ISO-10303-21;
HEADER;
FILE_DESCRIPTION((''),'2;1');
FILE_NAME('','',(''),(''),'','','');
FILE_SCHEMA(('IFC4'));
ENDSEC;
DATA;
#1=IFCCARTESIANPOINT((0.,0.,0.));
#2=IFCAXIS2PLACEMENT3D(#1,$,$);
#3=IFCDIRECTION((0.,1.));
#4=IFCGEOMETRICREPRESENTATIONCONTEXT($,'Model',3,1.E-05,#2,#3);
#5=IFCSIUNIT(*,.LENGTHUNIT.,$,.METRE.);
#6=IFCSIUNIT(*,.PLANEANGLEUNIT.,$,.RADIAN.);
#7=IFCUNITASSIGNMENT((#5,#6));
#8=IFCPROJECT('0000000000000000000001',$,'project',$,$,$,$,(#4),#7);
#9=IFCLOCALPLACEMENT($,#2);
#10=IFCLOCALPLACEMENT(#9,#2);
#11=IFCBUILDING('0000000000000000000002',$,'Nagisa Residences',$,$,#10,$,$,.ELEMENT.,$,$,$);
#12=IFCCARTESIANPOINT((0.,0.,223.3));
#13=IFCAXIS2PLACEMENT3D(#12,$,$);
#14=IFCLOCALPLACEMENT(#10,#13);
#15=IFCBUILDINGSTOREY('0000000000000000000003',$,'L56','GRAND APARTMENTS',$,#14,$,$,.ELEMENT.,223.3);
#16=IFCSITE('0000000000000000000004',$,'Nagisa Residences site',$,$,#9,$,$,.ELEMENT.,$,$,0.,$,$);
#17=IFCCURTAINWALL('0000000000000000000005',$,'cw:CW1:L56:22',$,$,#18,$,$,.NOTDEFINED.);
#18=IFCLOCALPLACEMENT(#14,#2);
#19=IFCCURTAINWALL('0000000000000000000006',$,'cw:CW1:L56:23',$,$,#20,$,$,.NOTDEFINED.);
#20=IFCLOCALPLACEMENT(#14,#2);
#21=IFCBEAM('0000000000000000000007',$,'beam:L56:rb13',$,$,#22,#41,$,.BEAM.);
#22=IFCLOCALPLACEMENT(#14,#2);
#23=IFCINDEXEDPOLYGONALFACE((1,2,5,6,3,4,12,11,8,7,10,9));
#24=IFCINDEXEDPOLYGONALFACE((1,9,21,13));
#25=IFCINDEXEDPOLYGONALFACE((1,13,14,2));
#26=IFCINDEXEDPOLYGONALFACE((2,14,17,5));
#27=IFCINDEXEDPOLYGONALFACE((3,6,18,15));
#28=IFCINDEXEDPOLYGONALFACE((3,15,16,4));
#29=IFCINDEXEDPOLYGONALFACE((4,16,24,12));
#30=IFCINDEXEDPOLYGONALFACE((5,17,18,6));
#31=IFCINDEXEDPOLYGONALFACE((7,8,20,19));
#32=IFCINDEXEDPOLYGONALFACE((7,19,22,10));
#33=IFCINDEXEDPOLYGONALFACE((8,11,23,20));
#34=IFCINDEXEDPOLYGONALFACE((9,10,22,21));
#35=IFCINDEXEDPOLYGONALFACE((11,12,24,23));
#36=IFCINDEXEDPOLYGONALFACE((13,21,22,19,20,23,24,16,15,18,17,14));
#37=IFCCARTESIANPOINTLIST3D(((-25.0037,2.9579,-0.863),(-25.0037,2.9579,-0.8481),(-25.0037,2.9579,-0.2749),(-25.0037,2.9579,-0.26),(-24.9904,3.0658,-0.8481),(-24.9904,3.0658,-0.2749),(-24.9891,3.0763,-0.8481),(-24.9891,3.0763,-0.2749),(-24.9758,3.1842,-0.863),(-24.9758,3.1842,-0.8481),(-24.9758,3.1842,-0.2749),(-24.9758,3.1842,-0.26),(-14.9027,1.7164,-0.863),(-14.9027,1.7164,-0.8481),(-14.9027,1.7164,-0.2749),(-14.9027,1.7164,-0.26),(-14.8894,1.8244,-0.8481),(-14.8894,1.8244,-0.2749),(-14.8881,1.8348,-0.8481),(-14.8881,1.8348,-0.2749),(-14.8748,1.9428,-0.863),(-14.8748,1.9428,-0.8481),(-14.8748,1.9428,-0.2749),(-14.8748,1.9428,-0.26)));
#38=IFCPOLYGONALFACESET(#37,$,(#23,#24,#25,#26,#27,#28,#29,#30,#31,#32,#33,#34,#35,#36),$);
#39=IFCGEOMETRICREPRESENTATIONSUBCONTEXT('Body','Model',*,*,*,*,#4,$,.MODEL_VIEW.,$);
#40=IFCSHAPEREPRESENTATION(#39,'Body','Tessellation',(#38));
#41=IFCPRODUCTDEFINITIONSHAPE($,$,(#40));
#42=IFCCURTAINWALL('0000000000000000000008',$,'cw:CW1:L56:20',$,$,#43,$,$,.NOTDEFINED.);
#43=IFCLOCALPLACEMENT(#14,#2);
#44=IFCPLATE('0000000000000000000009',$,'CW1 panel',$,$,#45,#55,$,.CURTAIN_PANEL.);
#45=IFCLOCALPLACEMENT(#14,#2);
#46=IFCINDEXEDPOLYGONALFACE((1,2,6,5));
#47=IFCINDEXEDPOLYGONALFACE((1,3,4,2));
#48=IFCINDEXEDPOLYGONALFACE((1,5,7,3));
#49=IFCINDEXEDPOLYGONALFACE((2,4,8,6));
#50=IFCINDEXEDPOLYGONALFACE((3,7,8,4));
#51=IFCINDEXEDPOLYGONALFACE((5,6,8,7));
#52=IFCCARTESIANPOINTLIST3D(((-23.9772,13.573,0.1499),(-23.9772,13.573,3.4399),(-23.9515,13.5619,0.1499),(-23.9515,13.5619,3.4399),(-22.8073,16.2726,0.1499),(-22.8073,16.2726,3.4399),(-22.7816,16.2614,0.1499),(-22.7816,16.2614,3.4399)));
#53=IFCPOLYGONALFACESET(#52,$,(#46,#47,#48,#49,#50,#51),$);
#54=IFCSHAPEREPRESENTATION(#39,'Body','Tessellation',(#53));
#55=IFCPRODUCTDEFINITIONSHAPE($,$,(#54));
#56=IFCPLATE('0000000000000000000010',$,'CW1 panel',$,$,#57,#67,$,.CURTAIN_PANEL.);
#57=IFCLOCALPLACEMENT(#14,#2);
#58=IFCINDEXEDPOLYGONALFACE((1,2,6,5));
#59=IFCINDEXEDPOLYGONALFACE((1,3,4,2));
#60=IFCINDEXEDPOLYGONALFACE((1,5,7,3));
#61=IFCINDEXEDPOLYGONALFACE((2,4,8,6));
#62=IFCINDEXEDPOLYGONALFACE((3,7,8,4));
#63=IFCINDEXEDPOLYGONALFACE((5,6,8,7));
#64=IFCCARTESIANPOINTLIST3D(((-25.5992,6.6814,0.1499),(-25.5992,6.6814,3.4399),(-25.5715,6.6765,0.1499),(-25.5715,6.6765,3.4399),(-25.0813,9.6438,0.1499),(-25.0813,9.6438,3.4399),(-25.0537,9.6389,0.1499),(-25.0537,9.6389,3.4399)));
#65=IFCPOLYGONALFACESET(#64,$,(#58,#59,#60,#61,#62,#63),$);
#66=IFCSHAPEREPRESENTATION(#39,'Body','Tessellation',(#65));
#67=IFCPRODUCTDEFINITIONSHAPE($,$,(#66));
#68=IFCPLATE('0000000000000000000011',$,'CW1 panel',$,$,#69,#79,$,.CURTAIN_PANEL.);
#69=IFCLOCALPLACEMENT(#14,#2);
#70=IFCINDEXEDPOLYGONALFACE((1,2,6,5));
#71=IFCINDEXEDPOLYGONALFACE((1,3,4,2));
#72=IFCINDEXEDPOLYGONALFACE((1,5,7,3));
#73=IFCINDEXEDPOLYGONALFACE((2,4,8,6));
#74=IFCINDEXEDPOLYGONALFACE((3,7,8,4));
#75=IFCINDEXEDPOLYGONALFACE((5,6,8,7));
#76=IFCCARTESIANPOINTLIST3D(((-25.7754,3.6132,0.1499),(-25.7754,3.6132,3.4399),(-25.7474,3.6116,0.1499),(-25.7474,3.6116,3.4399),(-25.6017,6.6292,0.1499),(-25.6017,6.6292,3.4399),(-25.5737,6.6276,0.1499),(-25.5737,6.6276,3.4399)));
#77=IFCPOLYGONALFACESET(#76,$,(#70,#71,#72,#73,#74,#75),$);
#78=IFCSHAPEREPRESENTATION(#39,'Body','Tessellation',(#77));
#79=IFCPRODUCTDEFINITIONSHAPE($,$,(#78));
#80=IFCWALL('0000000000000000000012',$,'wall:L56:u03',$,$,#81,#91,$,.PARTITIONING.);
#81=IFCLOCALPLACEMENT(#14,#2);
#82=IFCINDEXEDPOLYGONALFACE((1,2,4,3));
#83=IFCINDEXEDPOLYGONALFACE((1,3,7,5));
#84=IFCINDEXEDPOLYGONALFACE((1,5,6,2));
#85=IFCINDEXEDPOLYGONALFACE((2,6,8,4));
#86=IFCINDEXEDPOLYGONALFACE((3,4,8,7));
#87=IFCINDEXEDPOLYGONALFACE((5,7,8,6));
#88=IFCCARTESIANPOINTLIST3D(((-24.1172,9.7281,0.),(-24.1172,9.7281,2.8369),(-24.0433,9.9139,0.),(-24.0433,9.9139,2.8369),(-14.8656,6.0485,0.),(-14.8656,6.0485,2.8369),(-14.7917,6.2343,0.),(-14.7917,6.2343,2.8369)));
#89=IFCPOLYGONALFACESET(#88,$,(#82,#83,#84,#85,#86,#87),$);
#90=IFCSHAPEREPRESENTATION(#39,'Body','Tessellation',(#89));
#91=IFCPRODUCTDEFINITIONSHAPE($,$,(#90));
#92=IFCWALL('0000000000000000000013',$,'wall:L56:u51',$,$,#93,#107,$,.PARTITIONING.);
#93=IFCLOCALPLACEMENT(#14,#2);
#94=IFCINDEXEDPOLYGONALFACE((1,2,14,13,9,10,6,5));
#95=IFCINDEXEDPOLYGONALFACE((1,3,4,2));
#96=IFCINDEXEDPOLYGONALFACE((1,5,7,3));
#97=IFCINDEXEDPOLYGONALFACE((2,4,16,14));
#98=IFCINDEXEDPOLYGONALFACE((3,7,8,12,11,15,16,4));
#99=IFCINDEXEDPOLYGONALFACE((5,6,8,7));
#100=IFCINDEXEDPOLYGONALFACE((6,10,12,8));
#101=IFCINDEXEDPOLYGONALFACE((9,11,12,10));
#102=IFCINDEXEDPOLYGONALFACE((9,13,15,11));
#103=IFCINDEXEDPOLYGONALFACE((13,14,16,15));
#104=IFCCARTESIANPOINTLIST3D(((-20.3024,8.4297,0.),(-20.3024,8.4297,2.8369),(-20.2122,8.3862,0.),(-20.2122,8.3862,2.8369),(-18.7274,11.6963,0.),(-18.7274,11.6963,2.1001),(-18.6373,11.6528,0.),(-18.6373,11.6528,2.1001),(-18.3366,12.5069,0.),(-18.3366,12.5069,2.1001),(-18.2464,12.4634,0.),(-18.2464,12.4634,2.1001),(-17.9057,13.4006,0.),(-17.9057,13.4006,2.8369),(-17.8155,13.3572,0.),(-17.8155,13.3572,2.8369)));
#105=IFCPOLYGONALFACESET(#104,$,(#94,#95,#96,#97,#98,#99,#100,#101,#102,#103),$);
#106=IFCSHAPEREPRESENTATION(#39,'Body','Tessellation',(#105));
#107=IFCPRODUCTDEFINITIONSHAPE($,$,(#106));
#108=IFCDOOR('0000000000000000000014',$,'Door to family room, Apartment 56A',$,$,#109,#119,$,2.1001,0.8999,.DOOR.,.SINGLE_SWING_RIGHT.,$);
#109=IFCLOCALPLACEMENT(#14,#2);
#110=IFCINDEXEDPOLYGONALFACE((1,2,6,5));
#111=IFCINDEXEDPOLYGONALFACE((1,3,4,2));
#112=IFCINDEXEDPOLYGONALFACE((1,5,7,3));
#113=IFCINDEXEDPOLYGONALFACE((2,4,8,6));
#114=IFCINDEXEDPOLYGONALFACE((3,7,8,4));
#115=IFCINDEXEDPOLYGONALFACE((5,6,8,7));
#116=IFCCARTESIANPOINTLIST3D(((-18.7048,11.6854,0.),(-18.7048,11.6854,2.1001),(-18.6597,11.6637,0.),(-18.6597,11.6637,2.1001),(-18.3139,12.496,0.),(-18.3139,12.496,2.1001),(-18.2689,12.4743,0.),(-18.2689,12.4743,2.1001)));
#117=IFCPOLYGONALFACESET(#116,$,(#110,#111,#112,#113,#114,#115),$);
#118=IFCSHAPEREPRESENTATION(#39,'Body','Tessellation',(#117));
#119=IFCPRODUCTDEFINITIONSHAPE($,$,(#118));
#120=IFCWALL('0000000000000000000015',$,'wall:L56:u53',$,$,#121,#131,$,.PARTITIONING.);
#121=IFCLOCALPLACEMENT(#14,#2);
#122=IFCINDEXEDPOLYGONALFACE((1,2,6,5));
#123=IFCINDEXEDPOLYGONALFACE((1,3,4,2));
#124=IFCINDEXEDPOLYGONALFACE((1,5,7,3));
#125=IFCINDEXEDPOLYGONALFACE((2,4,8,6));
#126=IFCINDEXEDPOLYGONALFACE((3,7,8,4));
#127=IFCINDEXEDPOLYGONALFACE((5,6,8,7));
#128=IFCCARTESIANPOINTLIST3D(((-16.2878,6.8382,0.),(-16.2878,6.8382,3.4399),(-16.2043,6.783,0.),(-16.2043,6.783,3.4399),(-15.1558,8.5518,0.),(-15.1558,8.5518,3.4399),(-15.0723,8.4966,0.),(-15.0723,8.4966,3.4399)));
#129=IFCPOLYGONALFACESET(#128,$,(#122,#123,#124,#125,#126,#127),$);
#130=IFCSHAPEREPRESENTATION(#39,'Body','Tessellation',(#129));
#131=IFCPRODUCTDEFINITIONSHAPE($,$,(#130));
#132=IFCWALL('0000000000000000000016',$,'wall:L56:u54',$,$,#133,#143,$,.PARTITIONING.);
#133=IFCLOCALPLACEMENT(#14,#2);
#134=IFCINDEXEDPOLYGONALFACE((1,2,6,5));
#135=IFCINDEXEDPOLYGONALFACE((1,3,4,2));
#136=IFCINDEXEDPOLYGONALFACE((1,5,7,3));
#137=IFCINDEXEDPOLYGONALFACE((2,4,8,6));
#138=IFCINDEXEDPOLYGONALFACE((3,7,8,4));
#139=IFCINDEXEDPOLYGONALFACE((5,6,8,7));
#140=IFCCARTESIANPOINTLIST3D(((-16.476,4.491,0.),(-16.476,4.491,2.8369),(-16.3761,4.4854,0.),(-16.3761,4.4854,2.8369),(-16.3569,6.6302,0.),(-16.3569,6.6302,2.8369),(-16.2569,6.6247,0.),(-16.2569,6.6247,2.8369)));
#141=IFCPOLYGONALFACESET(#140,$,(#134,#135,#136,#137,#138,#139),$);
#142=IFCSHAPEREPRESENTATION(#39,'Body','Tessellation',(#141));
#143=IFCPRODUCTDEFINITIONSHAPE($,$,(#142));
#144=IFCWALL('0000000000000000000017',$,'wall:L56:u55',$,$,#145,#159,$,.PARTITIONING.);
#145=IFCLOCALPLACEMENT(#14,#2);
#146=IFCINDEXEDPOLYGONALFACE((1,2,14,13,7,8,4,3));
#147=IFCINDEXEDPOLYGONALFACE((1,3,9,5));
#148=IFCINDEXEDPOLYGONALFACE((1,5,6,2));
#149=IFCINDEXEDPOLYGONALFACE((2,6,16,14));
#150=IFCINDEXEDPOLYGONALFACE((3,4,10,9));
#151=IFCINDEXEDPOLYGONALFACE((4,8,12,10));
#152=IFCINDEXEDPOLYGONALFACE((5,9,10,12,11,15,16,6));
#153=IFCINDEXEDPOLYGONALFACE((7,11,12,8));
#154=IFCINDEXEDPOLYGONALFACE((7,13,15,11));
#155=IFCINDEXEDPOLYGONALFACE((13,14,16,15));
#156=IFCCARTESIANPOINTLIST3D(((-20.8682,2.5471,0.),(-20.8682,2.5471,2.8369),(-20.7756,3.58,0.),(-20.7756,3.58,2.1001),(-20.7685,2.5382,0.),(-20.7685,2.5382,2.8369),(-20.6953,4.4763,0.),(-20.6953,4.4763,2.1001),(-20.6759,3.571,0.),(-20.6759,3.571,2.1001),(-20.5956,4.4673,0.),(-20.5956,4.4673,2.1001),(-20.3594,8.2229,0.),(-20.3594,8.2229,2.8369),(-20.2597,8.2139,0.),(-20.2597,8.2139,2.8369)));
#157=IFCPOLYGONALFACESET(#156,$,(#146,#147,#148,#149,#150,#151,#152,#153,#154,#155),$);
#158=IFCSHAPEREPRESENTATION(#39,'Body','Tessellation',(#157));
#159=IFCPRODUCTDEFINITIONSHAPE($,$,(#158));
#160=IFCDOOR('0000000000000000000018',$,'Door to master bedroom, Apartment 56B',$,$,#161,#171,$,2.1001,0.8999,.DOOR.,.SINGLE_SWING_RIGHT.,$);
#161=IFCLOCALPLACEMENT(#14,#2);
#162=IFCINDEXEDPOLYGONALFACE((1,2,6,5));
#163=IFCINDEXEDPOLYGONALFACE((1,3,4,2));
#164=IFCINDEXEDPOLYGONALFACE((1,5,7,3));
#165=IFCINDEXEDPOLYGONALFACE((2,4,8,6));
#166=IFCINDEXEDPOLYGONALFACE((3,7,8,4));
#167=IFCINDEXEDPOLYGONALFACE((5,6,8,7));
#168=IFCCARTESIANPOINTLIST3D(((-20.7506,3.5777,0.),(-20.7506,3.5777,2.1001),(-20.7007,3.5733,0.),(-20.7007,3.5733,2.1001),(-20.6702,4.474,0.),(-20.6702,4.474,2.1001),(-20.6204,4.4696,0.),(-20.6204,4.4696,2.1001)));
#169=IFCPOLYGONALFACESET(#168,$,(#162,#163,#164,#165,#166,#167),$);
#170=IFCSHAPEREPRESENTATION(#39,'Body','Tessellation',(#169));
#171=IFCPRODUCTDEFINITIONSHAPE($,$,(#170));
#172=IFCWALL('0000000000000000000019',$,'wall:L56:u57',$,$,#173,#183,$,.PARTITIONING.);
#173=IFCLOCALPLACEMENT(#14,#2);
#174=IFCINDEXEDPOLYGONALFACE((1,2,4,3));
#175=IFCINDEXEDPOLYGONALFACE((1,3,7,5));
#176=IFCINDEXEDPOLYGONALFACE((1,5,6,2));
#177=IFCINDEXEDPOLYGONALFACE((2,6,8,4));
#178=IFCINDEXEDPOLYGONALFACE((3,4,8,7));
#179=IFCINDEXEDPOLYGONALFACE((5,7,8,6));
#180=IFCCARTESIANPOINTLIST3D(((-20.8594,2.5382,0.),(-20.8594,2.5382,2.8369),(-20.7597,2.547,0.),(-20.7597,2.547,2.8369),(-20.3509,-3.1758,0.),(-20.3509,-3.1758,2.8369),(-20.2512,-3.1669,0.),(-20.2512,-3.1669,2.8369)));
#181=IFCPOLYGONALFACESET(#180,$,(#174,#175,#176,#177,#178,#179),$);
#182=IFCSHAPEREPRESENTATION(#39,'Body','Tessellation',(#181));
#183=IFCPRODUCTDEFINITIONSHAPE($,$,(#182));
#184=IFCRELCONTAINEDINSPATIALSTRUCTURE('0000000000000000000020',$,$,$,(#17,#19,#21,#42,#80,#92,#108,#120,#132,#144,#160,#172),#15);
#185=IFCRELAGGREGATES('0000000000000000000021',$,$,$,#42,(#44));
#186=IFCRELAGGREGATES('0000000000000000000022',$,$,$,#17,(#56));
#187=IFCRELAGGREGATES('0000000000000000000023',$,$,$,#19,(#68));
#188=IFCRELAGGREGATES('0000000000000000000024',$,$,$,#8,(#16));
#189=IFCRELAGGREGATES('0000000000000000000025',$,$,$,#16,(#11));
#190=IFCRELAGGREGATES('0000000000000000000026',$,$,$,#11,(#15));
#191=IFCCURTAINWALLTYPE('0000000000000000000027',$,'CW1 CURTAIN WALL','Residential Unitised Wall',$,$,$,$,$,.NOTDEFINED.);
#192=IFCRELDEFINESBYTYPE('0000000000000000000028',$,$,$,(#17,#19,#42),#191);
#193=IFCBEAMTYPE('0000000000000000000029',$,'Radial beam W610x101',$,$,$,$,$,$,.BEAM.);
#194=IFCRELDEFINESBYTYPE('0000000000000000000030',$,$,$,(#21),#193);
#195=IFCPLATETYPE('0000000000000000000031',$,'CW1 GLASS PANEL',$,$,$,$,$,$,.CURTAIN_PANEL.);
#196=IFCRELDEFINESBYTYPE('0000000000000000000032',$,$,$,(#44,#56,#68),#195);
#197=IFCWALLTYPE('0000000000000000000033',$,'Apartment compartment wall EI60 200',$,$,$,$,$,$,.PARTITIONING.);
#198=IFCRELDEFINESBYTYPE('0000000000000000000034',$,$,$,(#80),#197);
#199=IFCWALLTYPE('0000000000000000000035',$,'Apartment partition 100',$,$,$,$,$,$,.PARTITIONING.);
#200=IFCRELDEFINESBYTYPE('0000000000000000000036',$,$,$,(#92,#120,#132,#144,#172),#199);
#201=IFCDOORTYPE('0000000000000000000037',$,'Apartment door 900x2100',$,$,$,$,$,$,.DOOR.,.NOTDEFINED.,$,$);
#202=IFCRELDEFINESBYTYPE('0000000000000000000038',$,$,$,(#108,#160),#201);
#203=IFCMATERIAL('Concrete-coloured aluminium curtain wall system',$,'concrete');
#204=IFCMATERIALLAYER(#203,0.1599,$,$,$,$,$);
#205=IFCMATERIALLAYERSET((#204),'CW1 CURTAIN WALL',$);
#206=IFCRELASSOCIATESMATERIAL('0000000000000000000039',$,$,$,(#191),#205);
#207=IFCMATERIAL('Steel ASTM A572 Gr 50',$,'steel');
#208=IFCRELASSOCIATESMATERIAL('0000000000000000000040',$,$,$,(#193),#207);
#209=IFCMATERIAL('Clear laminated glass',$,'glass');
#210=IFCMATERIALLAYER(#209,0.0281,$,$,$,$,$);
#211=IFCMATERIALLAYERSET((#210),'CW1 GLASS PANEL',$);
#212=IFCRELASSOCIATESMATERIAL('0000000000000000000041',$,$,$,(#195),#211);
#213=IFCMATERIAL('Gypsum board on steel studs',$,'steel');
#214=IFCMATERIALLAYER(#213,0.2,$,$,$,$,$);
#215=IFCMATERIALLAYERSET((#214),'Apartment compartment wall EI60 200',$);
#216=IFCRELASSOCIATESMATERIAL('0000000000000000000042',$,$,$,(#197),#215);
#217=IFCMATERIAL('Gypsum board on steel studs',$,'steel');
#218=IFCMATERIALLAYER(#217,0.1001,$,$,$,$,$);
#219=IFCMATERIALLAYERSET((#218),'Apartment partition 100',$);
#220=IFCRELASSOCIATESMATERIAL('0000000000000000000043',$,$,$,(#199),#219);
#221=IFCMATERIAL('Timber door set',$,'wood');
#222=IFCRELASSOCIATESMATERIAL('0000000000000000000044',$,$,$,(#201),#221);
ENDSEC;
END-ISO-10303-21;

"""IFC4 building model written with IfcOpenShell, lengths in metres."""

from ifc_helpers import new_model, si_unit, direction, frame, frame_2d, origin, origin_2d, place, context, subcontext, project, spatial, rectangle, i_section, extrude, material, layer, layer_set, material_profile, profile_set, type_object, element, fill, aggregate, save


model = new_model("IFC4")

# Units and contexts
model_context = context("Model", 3, precision=1e-05, world=origin(), true_north=direction((0.0, 1.0)))
body_context = subcontext(model_context, "Body", "Model", "MODEL_VIEW")
ifc_project = project(units=[si_unit("LENGTHUNIT", "METRE"), si_unit("PLANEANGLEUNIT", "RADIAN")], contexts=[model_context])

# Site, building, storey
site_placement = place(None, origin())
site = spatial("IfcSite", under=ifc_project, at=site_placement, Name="Nagisa Residences site", CompositionType="ELEMENT", RefElevation=0.0)
building_placement = place(site_placement, origin())
building = spatial("IfcBuilding", under=site, at=building_placement, Name="Nagisa Residences", CompositionType="ELEMENT")
storey_placement = place(building_placement, frame((0.0, 0.0, 223.3)))
storey = spatial("IfcBuildingStorey", under=building, at=storey_placement, Name="L56", Description="GRAND APARTMENTS", CompositionType="ELEMENT", Elevation=223.3)

# Curtain walls
ifc_material_1 = material(Name="Concrete-coloured aluminium curtain wall system", Category="concrete")
ifc_layer_1 = layer(ifc_material_1, 0.1599)
ifc_layer_set_1 = layer_set([ifc_layer_1], Name="CW1 CURTAIN WALL")
curtain_wall_type = type_object("IfcCurtainWallType", Name="CW1 CURTAIN WALL", Description="Residential Unitised Wall", PredefinedType="NOTDEFINED", material=ifc_layer_set_1)
curtain_wall_1_placement = place(storey_placement, origin())
curtain_wall_1 = element("IfcCurtainWall", 1, at=curtain_wall_1_placement, inside=storey, type_object=curtain_wall_type, Name="cw:CW1:L56:22", PredefinedType="NOTDEFINED")
curtain_wall_2_placement = place(storey_placement, origin())
curtain_wall_2 = element("IfcCurtainWall", 2, at=curtain_wall_2_placement, inside=storey, type_object=curtain_wall_type, Name="cw:CW1:L56:23", PredefinedType="NOTDEFINED")

# Beam
ifc_material_2 = material(Name="Steel ASTM A572 Gr 50", Category="steel")
ifc_material_profile_1 = material_profile(ifc_material_2, i_section(OverallWidth=0.228, OverallDepth=0.603, WebThickness=0.0105, FlangeThickness=0.0149, at=origin_2d()), Name="W610x101")
ifc_profile_set_1 = profile_set([ifc_material_profile_1], Name="Steel ASTM A572 Gr 50")
beam_type_1 = type_object("IfcBeamType", Name="Radial beam W610x101", PredefinedType="BEAM", material=ifc_profile_set_1)
beam_1_placement = place(storey_placement, frame((-24.9897, 3.071, -0.5615), z_axis=(0.992532, -0.121985, 0.0), x_axis=(0.121985, 0.992532, 0.0)))
element("IfcBeam", 3, at=beam_1_placement, inside=storey, type_object=beam_type_1, Name="beam:L56:rb13", PredefinedType="BEAM", context=body_context, shape_type="SweptSolid", body=[
    extrude(i_section(OverallWidth=0.228, OverallDepth=0.603, WebThickness=0.0105, FlangeThickness=0.0149, at=origin_2d()), origin(), (0.0, 0.0, 1.0), 10.177),
])

# Curtain wall, plate
curtain_wall_3_placement = place(storey_placement, origin())
curtain_wall_3 = element("IfcCurtainWall", 4, at=curtain_wall_3_placement, inside=storey, type_object=curtain_wall_type, Name="cw:CW1:L56:20", PredefinedType="NOTDEFINED")
ifc_material_3 = material(Name="Clear laminated glass", Category="glass")
ifc_layer_2 = layer(ifc_material_3, 0.0281)
ifc_layer_set_2 = layer_set([ifc_layer_2], Name="CW1 GLASS PANEL")
plate_type = type_object("IfcPlateType", Name="CW1 GLASS PANEL", PredefinedType="CURTAIN_PANEL", material=ifc_layer_set_2)
plate_1_placement = place(storey_placement, frame((-23.3794, 14.9172, 0.1499), z_axis=(0.0, 0.0, 1.0), x_axis=(-0.397636, -0.917543, 0.0)))
plate_1 = element("IfcPlate", 5, at=plate_1_placement, type_object=plate_type, Name="CW1 panel", PredefinedType="CURTAIN_PANEL", context=body_context, shape_type="SweptSolid", body=[
    extrude(rectangle(XDim=2.9421, YDim=0.0281, at=origin_2d()), origin(), (0.0, 0.0, 1.0), 3.29),
])
aggregate(curtain_wall_3, [plate_1])

# Plates
plate_2_placement = place(storey_placement, frame((-25.3264, 8.1602, 0.1499), z_axis=(0.0, 0.0, 1.0), x_axis=(-0.172191, -0.985064, 0.0)))
plate_2 = element("IfcPlate", 6, at=plate_2_placement, type_object=plate_type, Name="CW1 panel", PredefinedType="CURTAIN_PANEL", context=body_context, shape_type="SweptSolid", body=[
    extrude(rectangle(XDim=3.0073, YDim=0.0281, at=origin_2d()), origin(), (0.0, 0.0, 1.0), 3.29),
])
aggregate(curtain_wall_1, [plate_2])
plate_3_placement = place(storey_placement, frame((-25.6746, 5.1204, 0.1499), z_axis=(0.0, 0.0, 1.0), x_axis=(-0.057503, -0.998345, 0.0)))
plate_3 = element("IfcPlate", 7, at=plate_3_placement, type_object=plate_type, Name="CW1 panel", PredefinedType="CURTAIN_PANEL", context=body_context, shape_type="SweptSolid", body=[
    extrude(rectangle(XDim=3.021, YDim=0.0281, at=origin_2d()), origin(), (0.0, 0.0, 1.0), 3.29),
])
aggregate(curtain_wall_2, [plate_3])

# Wall
ifc_material_4 = material(Name="Gypsum board on steel studs", Category="steel")
ifc_layer_3 = layer(ifc_material_4, 0.2)
ifc_layer_set_3 = layer_set([ifc_layer_3], Name="Apartment compartment wall EI60 200")
wall_type_1 = type_object("IfcWallType", Name="Apartment compartment wall EI60 200", PredefinedType="PARTITIONING", material=ifc_layer_set_3)
wall_1_placement = place(storey_placement, frame((-14.8286, 6.1414, 0.0), z_axis=(0.0, 0.0, 1.0), x_axis=(-0.929202, 0.369572, 0.0)))
element("IfcWall", 8, at=wall_1_placement, inside=storey, type_object=wall_type_1, Name="wall:L56:u03", PredefinedType="PARTITIONING", context=body_context, shape_type="SweptSolid", body=[
    extrude(rectangle(XDim=9.9565, YDim=0.2, at=frame_2d((4.9783, 0.0))), origin(), (0.0, 0.0, 1.0), 2.8369),
])

# Wall, opening, door
ifc_material_5 = material(Name="Gypsum board on steel studs", Category="steel")
ifc_layer_4 = layer(ifc_material_5, 0.1001)
ifc_layer_set_4 = layer_set([ifc_layer_4], Name="Apartment partition 100")
wall_type_2 = type_object("IfcWallType", Name="Apartment partition 100", PredefinedType="PARTITIONING", material=ifc_layer_set_4)
wall_2_placement = place(storey_placement, frame((-17.8606, 13.3789, 0.0), z_axis=(0.0, 0.0, 1.0), x_axis=(-0.434302, -0.900767, 0.0)))
wall_2 = element("IfcWall", 9, at=wall_2_placement, inside=storey, type_object=wall_type_2, Name="wall:L56:u51", PredefinedType="PARTITIONING", context=body_context, shape_type="SweptSolid", body=[
    extrude(rectangle(XDim=5.5186, YDim=0.1001, at=frame_2d((2.7593, 0.0))), origin(), (0.0, 0.0, 1.0), 2.8369),
])
opening_1_placement = place(wall_2_placement, frame((0.9922, 0.0, 0.0)))
opening_1 = element("IfcOpeningElement", 10, at=opening_1_placement, cuts=wall_2, PredefinedType="OPENING", context=body_context, shape_type="SweptSolid", body=[
    extrude(rectangle(XDim=0.8999, YDim=2.1001, at=frame_2d((0.45, 1.05))), frame((0.0, 0.0601, 0.0), z_axis=(0.0, -1.0, 0.0), x_axis=(1.0, 0.0, 0.0)), (0.0, 0.0, 1.0), 0.1201),
])
ifc_material_6 = material(Name="Timber door set", Category="wood")
door_type_1 = type_object("IfcDoorType", Name="Apartment door 900x2100", OperationType="NOTDEFINED", PredefinedType="DOOR", material=ifc_material_6)
door_1_placement = place(opening_1_placement, frame((0.8999, 0.0, 0.0), x_axis=(-1.0, 0.0, 0.0)))
door_1 = element("IfcDoor", 11, at=door_1_placement, inside=storey, type_object=door_type_1, Name="Door to family room, Apartment 56A", OperationType="SINGLE_SWING_RIGHT", OverallHeight=2.1001, OverallWidth=0.8999, PredefinedType="DOOR", context=body_context, shape_type="SweptSolid", body=[
    extrude(rectangle(XDim=0.8999, YDim=2.1001, at=frame_2d((0.45, 1.05))), frame((0.0, 0.0249, 0.0), z_axis=(0.0, -1.0, 0.0), x_axis=(1.0, 0.0, 0.0)), (0.0, 0.0, 1.0), 0.05),
])
fill(opening_1, door_1)

# Walls
wall_3_placement = place(storey_placement, frame((-15.114, 8.5242, 0.0), z_axis=(0.0, 0.0, 1.0), x_axis=(-0.551211, -0.834366, 0.0)))
element("IfcWall", 12, at=wall_3_placement, inside=storey, type_object=wall_type_2, Name="wall:L56:u53", PredefinedType="PARTITIONING", context=body_context, shape_type="SweptSolid", body=[
    extrude(rectangle(XDim=2.0537, YDim=0.1001, at=frame_2d((1.0269, 0.0))), origin(), (0.0, 0.0, 1.0), 3.4399),
])
wall_4_placement = place(storey_placement, frame((-16.3069, 6.6274, 0.0), z_axis=(0.0, 0.0, 1.0), x_axis=(-0.055609, -0.998453, 0.0)))
element("IfcWall", 13, at=wall_4_placement, inside=storey, type_object=wall_type_2, Name="wall:L56:u54", PredefinedType="PARTITIONING", context=body_context, shape_type="SweptSolid", body=[
    extrude(rectangle(XDim=2.1426, YDim=0.1001, at=frame_2d((1.0713, 0.0))), origin(), (0.0, 0.0, 1.0), 2.8369),
])

# Wall, opening, door
wall_5_placement = place(storey_placement, frame((-20.3096, 8.2183, 0.0), z_axis=(0.0, 0.0, 1.0), x_axis=(-0.089284, -0.996006, 0.0)))
wall_5 = element("IfcWall", 14, at=wall_5_placement, inside=storey, type_object=wall_type_2, Name="wall:L56:u55", PredefinedType="PARTITIONING", context=body_context, shape_type="SweptSolid", body=[
    extrude(rectangle(XDim=5.6985, YDim=0.1001, at=frame_2d((2.8491, 0.0))), origin(), (0.0, 0.0, 1.0), 2.8369),
])
opening_2_placement = place(wall_5_placement, frame((3.7615, 0.0, 0.0)))
opening_2 = element("IfcOpeningElement", 15, at=opening_2_placement, cuts=wall_5, PredefinedType="OPENING", context=body_context, shape_type="SweptSolid", body=[
    extrude(rectangle(XDim=0.8999, YDim=2.1001, at=frame_2d((0.45, 1.05))), frame((0.0, 0.0601, 0.0), z_axis=(0.0, -1.0, 0.0), x_axis=(1.0, 0.0, 0.0)), (0.0, 0.0, 1.0), 0.1201),
])
door_2_placement = place(opening_2_placement, frame((0.8999, 0.0, 0.0), x_axis=(-1.0, 0.0, 0.0)))
door_2 = element("IfcDoor", 16, at=door_2_placement, inside=storey, type_object=door_type_1, Name="Door to master bedroom, Apartment 56B", OperationType="SINGLE_SWING_RIGHT", OverallHeight=2.1001, OverallWidth=0.8999, PredefinedType="DOOR", context=body_context, shape_type="SweptSolid", body=[
    extrude(rectangle(XDim=0.8999, YDim=2.1001, at=frame_2d((0.45, 1.05))), frame((0.0, 0.0249, 0.0), z_axis=(0.0, -1.0, 0.0), x_axis=(1.0, 0.0, 0.0)), (0.0, 0.0, 1.0), 0.05),
])
fill(opening_2, door_2)

# Wall
wall_6_placement = place(storey_placement, frame((-20.8096, 2.5425, 0.0), z_axis=(0.0, 0.0, 1.0), x_axis=(0.088651, -0.996063, 0.0)))
element("IfcWall", 17, at=wall_6_placement, inside=storey, type_object=wall_type_2, Name="wall:L56:u57", PredefinedType="PARTITIONING", context=body_context, shape_type="SweptSolid", body=[
    extrude(rectangle(XDim=5.7366, YDim=0.1001, at=frame_2d((2.8682, 0.0))), origin(), (0.0, 0.0, 1.0), 2.8369),
])

save(model, "model.ifc")
